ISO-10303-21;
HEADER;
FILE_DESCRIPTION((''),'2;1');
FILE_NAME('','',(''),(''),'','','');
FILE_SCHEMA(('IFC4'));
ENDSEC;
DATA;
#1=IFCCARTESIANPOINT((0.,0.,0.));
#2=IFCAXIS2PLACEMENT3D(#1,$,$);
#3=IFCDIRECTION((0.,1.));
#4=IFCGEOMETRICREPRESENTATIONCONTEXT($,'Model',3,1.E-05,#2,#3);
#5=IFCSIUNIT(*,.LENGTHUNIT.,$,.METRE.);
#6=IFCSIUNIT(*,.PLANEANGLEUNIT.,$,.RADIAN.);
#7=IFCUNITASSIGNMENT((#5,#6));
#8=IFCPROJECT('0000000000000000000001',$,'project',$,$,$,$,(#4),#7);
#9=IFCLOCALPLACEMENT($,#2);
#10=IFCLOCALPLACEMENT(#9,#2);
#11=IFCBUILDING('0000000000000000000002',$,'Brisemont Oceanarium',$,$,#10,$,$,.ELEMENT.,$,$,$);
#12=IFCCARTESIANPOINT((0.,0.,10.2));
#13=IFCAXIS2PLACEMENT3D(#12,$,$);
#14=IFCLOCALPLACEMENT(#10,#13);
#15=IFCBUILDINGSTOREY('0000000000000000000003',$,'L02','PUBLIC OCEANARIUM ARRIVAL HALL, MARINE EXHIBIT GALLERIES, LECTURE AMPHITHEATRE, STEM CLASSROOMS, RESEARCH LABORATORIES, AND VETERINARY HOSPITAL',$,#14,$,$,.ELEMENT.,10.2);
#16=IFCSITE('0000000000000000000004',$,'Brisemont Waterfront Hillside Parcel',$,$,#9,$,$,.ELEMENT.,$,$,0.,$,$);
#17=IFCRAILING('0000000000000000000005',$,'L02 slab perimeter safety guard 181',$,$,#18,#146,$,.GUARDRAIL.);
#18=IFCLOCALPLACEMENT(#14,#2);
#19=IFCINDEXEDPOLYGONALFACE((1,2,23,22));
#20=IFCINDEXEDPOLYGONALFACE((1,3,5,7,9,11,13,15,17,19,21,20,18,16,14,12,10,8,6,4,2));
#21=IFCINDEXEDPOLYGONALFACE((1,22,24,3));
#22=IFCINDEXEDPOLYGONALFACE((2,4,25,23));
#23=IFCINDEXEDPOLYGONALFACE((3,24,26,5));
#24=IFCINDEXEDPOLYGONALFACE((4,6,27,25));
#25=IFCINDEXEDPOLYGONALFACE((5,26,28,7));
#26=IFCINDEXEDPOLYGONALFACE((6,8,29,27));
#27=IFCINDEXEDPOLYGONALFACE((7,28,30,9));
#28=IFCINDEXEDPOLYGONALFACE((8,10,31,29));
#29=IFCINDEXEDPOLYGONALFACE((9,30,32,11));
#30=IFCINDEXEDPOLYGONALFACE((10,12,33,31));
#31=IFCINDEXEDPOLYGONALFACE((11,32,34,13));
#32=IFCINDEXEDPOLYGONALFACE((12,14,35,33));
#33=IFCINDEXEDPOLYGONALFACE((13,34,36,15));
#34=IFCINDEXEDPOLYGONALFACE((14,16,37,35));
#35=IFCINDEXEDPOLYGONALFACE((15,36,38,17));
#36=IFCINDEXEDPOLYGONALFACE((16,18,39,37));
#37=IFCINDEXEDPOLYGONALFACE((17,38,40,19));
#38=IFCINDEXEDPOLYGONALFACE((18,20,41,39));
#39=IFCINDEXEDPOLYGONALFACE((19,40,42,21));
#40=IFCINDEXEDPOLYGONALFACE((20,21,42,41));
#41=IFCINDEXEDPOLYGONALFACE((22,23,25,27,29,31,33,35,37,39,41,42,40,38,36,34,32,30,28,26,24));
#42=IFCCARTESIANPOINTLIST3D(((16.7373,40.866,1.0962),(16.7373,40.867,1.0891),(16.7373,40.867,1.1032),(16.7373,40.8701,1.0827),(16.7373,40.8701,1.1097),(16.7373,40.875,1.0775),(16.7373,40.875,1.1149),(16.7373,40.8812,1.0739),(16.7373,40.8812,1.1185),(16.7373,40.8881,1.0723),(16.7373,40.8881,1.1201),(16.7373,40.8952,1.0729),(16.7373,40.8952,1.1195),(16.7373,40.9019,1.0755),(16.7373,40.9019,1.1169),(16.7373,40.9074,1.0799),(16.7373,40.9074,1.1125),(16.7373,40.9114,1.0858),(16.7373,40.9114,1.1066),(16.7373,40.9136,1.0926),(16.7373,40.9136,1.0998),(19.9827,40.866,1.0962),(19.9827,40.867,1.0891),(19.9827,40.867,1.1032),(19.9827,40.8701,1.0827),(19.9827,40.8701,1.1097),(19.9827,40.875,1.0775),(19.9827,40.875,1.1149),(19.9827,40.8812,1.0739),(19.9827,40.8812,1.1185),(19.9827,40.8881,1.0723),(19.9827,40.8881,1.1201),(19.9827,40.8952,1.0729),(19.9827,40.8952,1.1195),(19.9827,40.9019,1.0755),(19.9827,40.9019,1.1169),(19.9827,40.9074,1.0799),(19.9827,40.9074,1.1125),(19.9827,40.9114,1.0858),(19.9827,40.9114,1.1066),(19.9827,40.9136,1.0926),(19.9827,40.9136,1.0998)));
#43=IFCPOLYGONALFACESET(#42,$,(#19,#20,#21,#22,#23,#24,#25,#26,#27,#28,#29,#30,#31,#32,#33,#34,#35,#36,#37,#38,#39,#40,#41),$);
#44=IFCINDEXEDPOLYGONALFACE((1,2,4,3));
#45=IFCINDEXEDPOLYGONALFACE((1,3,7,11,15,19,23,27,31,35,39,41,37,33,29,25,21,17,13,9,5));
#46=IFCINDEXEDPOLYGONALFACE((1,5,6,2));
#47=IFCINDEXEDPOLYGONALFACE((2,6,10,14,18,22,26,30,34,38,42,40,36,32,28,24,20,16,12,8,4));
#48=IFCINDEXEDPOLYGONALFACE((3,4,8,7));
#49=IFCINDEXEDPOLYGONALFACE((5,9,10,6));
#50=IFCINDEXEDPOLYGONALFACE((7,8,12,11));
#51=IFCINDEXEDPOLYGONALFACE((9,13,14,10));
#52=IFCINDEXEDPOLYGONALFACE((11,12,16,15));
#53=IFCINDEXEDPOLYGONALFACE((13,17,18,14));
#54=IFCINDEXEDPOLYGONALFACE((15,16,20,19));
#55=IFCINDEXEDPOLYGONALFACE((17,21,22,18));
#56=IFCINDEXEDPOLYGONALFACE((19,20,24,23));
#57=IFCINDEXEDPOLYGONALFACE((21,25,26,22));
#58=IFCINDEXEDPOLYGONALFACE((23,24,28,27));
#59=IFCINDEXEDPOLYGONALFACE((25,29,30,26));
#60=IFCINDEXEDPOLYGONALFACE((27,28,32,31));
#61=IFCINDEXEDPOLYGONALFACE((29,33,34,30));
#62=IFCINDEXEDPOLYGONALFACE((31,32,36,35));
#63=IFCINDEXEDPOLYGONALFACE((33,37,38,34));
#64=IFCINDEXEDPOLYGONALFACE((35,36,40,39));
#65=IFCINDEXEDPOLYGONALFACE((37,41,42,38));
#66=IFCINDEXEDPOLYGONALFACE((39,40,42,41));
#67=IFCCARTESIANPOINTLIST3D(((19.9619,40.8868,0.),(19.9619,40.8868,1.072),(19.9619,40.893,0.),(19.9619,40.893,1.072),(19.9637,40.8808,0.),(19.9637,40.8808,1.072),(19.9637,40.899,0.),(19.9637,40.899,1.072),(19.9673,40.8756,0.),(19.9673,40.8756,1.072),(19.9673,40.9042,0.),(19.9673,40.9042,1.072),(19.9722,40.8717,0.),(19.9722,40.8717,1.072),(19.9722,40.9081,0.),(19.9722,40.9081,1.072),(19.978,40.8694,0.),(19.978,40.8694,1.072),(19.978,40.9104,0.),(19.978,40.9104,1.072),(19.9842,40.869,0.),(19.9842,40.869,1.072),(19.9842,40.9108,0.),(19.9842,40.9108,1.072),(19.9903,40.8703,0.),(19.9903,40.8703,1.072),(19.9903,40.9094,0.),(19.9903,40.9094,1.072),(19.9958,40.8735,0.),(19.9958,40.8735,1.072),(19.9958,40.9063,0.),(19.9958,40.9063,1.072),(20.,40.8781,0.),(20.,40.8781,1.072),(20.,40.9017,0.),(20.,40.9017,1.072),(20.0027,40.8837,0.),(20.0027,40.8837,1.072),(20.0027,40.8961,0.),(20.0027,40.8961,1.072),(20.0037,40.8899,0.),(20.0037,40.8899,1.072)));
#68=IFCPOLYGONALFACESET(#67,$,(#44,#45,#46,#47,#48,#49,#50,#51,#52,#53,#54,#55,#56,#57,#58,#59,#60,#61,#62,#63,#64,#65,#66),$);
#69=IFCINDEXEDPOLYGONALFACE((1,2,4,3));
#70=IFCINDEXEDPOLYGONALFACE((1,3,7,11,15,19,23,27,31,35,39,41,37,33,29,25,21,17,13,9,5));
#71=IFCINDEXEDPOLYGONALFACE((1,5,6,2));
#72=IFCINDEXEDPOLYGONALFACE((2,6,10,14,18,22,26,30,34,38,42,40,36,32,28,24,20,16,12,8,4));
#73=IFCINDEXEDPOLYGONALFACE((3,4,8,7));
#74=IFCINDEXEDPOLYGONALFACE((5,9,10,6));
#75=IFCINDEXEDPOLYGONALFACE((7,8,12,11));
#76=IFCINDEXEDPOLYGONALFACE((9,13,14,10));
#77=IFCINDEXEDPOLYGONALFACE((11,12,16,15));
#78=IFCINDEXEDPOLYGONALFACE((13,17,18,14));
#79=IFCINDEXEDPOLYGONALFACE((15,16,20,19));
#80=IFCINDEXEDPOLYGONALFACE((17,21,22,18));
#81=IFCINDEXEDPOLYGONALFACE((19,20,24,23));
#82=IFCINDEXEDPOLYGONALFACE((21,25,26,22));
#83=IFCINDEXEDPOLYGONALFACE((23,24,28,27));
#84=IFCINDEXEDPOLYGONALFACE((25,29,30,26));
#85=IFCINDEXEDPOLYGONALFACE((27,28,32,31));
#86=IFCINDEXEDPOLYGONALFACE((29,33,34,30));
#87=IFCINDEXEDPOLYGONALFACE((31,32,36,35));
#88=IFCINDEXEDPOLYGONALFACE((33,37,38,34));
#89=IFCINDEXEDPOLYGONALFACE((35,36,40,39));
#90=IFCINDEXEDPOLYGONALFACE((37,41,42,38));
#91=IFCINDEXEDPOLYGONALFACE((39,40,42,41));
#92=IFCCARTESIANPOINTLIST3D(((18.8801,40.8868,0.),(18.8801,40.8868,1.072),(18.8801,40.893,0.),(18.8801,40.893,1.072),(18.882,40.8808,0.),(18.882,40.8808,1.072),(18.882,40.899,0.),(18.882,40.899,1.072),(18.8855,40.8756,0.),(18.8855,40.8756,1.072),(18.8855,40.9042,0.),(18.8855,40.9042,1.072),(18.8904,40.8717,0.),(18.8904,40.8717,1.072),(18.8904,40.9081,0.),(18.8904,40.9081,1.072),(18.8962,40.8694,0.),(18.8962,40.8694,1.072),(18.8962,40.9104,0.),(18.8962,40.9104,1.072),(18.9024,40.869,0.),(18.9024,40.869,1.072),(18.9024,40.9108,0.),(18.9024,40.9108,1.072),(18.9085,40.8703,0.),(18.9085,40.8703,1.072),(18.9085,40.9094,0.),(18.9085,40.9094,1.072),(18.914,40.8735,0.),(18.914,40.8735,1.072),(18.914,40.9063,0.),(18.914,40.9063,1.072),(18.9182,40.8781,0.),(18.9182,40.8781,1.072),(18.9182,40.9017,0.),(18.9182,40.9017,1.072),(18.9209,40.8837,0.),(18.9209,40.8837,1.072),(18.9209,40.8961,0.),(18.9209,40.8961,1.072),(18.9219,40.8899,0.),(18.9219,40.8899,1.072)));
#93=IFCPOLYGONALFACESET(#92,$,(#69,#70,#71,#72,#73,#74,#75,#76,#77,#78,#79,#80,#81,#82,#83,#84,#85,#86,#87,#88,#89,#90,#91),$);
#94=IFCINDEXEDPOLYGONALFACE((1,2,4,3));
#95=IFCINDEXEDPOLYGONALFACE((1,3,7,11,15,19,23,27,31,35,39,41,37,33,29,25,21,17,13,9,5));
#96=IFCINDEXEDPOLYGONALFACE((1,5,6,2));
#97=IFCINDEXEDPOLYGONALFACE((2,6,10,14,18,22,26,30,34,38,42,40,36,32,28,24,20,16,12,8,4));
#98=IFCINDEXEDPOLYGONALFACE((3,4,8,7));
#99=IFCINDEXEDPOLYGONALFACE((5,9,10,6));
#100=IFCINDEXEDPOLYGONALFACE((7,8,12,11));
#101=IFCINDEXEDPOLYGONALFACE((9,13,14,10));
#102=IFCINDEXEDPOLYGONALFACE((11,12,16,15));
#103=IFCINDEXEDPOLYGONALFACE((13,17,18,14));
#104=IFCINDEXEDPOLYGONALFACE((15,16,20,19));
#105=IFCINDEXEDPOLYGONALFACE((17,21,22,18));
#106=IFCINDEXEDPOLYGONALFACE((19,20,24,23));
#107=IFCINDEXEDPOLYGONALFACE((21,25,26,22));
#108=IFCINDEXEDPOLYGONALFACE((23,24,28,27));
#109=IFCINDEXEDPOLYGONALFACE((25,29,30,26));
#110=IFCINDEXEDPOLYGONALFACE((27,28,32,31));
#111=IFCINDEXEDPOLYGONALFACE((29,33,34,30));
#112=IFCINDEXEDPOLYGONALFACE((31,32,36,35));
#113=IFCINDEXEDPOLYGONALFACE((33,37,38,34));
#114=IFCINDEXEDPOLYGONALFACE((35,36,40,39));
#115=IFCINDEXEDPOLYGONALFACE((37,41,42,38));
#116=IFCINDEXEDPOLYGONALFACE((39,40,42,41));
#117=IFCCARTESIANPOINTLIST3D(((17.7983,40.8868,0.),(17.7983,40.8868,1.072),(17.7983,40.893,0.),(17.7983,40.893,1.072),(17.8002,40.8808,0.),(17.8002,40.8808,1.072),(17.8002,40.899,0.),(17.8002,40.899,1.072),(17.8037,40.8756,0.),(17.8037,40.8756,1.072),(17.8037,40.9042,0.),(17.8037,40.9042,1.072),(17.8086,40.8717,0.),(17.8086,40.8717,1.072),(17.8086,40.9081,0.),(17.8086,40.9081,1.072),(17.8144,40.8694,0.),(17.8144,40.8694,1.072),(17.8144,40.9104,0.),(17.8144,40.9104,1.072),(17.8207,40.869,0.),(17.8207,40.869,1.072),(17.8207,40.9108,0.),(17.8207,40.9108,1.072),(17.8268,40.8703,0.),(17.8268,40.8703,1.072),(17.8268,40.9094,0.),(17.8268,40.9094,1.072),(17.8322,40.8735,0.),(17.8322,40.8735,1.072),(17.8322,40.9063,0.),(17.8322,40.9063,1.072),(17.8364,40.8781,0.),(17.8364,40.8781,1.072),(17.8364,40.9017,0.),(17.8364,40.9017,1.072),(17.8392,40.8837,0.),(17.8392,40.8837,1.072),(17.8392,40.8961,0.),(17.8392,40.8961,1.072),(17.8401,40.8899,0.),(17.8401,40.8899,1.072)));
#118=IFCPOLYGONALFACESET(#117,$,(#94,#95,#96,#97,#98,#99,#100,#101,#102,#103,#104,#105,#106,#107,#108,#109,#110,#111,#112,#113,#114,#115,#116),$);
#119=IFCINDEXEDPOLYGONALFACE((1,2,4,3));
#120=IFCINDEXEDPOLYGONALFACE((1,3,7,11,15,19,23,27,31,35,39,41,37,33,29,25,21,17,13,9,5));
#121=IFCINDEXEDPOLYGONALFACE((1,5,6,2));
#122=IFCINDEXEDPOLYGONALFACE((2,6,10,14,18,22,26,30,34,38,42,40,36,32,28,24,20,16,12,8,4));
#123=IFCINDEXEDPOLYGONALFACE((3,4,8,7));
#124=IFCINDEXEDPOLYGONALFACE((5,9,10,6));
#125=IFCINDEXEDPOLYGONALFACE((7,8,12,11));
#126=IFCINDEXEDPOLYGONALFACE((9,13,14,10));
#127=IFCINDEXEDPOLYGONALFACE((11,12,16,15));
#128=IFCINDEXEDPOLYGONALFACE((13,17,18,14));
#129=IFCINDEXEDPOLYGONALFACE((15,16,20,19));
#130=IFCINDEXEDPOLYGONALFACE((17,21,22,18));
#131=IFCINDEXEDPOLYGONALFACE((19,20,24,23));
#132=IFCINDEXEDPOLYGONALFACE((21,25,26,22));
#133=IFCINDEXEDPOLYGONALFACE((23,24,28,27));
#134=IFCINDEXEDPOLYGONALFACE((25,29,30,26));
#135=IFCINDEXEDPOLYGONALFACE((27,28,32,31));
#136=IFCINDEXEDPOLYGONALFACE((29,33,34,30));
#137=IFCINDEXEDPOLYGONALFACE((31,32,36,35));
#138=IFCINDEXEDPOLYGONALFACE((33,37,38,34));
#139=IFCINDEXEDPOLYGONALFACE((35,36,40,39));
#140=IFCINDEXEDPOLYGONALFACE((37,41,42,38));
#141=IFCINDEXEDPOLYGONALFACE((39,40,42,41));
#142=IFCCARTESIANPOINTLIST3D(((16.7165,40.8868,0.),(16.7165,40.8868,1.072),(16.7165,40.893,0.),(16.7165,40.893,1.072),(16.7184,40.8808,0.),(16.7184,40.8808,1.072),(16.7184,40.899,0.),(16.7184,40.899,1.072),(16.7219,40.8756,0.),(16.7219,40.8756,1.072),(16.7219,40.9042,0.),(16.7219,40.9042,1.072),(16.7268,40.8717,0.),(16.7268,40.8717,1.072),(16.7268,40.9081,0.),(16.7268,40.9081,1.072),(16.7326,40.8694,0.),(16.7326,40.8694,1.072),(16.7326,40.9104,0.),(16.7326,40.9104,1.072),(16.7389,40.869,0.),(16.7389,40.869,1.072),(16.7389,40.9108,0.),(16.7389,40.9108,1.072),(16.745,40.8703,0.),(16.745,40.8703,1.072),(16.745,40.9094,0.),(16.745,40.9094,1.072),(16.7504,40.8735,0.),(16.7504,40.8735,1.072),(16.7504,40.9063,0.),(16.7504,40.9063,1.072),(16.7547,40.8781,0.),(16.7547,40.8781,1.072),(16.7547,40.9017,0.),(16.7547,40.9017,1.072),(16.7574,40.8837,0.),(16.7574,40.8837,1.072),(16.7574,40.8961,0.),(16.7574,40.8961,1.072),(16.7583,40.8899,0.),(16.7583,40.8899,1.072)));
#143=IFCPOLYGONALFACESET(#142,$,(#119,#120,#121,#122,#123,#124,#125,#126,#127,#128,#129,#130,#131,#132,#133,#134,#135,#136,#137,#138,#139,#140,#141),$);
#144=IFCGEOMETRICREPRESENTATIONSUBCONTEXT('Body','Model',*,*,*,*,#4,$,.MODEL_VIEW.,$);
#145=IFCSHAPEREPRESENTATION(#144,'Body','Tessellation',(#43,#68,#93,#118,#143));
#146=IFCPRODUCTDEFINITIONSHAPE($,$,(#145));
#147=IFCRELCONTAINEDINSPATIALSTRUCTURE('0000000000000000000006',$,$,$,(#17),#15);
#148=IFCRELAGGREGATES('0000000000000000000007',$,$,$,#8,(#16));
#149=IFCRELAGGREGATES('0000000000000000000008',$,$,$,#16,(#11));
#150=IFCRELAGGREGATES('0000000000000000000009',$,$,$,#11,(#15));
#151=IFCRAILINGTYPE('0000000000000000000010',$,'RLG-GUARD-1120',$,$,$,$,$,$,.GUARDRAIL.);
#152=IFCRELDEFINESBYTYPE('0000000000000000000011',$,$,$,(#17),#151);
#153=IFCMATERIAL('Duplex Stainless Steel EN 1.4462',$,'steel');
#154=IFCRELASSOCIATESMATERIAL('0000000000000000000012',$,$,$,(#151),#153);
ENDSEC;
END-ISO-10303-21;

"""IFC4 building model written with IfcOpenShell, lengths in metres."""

from ifc_helpers import new_model, si_unit, direction, frame, origin, origin_2d, place, context, subcontext, project, spatial, circle, extrude, material, type_object, element, save


model = new_model("IFC4")

# Units and contexts
model_context = context("Model", 3, precision=1e-05, world=origin(), true_north=direction((0.0, 1.0)))
body_context = subcontext(model_context, "Body", "Model", "MODEL_VIEW")
ifc_project = project(units=[si_unit("LENGTHUNIT", "METRE"), si_unit("PLANEANGLEUNIT", "RADIAN")], contexts=[model_context])

# Site, building, storey
site_placement = place(None, origin())
site = spatial("IfcSite", under=ifc_project, at=site_placement, Name="Brisemont Waterfront Hillside Parcel", CompositionType="ELEMENT", RefElevation=0.0)
building_placement = place(site_placement, origin())
building = spatial("IfcBuilding", under=site, at=building_placement, Name="Brisemont Oceanarium", CompositionType="ELEMENT")
storey_placement = place(building_placement, frame((0.0, 0.0, 10.2)))
storey = spatial("IfcBuildingStorey", under=building, at=storey_placement, Name="L02", Description="PUBLIC OCEANARIUM ARRIVAL HALL, MARINE EXHIBIT GALLERIES, LECTURE AMPHITHEATRE, STEM CLASSROOMS, RESEARCH LABORATORIES, AND VETERINARY HOSPITAL", CompositionType="ELEMENT", Elevation=10.2)

# Railing
ifc_material_1 = material(Name="Duplex Stainless Steel EN 1.4462", Category="steel")
railing_type_1 = type_object("IfcRailingType", Name="RLG-GUARD-1120", PredefinedType="GUARDRAIL", material=ifc_material_1)
railing_1_placement = place(storey_placement, frame((19.9827, 40.8899, 0.0)))
element("IfcRailing", 1, at=railing_1_placement, inside=storey, type_object=railing_type_1, Name="L02 slab perimeter safety guard 181", PredefinedType="GUARDRAIL", context=body_context, shape_type="SweptSolid", body=[
    extrude(circle(Radius=0.0239, at=origin_2d()), frame((0.0, 0.0, 1.0962), z_axis=(-1.0, 0.0, 0.0), x_axis=(0.0, -1.0, 0.0)), (0.0, 0.0, 1.0), 3.2454),
    extrude(circle(Radius=0.021, at=origin_2d()), origin(), (0.0, 0.0, 1.0), 1.072),
    extrude(circle(Radius=0.021, at=origin_2d()), frame((-1.0818, 0.0, 0.0)), (0.0, 0.0, 1.0), 1.072),
    extrude(circle(Radius=0.021, at=origin_2d()), frame((-2.1636, 0.0, 0.0)), (0.0, 0.0, 1.0), 1.072),
    extrude(circle(Radius=0.021, at=origin_2d()), frame((-3.2454, 0.0, 0.0)), (0.0, 0.0, 1.0), 1.072),
])

save(model, "model.ifc")
